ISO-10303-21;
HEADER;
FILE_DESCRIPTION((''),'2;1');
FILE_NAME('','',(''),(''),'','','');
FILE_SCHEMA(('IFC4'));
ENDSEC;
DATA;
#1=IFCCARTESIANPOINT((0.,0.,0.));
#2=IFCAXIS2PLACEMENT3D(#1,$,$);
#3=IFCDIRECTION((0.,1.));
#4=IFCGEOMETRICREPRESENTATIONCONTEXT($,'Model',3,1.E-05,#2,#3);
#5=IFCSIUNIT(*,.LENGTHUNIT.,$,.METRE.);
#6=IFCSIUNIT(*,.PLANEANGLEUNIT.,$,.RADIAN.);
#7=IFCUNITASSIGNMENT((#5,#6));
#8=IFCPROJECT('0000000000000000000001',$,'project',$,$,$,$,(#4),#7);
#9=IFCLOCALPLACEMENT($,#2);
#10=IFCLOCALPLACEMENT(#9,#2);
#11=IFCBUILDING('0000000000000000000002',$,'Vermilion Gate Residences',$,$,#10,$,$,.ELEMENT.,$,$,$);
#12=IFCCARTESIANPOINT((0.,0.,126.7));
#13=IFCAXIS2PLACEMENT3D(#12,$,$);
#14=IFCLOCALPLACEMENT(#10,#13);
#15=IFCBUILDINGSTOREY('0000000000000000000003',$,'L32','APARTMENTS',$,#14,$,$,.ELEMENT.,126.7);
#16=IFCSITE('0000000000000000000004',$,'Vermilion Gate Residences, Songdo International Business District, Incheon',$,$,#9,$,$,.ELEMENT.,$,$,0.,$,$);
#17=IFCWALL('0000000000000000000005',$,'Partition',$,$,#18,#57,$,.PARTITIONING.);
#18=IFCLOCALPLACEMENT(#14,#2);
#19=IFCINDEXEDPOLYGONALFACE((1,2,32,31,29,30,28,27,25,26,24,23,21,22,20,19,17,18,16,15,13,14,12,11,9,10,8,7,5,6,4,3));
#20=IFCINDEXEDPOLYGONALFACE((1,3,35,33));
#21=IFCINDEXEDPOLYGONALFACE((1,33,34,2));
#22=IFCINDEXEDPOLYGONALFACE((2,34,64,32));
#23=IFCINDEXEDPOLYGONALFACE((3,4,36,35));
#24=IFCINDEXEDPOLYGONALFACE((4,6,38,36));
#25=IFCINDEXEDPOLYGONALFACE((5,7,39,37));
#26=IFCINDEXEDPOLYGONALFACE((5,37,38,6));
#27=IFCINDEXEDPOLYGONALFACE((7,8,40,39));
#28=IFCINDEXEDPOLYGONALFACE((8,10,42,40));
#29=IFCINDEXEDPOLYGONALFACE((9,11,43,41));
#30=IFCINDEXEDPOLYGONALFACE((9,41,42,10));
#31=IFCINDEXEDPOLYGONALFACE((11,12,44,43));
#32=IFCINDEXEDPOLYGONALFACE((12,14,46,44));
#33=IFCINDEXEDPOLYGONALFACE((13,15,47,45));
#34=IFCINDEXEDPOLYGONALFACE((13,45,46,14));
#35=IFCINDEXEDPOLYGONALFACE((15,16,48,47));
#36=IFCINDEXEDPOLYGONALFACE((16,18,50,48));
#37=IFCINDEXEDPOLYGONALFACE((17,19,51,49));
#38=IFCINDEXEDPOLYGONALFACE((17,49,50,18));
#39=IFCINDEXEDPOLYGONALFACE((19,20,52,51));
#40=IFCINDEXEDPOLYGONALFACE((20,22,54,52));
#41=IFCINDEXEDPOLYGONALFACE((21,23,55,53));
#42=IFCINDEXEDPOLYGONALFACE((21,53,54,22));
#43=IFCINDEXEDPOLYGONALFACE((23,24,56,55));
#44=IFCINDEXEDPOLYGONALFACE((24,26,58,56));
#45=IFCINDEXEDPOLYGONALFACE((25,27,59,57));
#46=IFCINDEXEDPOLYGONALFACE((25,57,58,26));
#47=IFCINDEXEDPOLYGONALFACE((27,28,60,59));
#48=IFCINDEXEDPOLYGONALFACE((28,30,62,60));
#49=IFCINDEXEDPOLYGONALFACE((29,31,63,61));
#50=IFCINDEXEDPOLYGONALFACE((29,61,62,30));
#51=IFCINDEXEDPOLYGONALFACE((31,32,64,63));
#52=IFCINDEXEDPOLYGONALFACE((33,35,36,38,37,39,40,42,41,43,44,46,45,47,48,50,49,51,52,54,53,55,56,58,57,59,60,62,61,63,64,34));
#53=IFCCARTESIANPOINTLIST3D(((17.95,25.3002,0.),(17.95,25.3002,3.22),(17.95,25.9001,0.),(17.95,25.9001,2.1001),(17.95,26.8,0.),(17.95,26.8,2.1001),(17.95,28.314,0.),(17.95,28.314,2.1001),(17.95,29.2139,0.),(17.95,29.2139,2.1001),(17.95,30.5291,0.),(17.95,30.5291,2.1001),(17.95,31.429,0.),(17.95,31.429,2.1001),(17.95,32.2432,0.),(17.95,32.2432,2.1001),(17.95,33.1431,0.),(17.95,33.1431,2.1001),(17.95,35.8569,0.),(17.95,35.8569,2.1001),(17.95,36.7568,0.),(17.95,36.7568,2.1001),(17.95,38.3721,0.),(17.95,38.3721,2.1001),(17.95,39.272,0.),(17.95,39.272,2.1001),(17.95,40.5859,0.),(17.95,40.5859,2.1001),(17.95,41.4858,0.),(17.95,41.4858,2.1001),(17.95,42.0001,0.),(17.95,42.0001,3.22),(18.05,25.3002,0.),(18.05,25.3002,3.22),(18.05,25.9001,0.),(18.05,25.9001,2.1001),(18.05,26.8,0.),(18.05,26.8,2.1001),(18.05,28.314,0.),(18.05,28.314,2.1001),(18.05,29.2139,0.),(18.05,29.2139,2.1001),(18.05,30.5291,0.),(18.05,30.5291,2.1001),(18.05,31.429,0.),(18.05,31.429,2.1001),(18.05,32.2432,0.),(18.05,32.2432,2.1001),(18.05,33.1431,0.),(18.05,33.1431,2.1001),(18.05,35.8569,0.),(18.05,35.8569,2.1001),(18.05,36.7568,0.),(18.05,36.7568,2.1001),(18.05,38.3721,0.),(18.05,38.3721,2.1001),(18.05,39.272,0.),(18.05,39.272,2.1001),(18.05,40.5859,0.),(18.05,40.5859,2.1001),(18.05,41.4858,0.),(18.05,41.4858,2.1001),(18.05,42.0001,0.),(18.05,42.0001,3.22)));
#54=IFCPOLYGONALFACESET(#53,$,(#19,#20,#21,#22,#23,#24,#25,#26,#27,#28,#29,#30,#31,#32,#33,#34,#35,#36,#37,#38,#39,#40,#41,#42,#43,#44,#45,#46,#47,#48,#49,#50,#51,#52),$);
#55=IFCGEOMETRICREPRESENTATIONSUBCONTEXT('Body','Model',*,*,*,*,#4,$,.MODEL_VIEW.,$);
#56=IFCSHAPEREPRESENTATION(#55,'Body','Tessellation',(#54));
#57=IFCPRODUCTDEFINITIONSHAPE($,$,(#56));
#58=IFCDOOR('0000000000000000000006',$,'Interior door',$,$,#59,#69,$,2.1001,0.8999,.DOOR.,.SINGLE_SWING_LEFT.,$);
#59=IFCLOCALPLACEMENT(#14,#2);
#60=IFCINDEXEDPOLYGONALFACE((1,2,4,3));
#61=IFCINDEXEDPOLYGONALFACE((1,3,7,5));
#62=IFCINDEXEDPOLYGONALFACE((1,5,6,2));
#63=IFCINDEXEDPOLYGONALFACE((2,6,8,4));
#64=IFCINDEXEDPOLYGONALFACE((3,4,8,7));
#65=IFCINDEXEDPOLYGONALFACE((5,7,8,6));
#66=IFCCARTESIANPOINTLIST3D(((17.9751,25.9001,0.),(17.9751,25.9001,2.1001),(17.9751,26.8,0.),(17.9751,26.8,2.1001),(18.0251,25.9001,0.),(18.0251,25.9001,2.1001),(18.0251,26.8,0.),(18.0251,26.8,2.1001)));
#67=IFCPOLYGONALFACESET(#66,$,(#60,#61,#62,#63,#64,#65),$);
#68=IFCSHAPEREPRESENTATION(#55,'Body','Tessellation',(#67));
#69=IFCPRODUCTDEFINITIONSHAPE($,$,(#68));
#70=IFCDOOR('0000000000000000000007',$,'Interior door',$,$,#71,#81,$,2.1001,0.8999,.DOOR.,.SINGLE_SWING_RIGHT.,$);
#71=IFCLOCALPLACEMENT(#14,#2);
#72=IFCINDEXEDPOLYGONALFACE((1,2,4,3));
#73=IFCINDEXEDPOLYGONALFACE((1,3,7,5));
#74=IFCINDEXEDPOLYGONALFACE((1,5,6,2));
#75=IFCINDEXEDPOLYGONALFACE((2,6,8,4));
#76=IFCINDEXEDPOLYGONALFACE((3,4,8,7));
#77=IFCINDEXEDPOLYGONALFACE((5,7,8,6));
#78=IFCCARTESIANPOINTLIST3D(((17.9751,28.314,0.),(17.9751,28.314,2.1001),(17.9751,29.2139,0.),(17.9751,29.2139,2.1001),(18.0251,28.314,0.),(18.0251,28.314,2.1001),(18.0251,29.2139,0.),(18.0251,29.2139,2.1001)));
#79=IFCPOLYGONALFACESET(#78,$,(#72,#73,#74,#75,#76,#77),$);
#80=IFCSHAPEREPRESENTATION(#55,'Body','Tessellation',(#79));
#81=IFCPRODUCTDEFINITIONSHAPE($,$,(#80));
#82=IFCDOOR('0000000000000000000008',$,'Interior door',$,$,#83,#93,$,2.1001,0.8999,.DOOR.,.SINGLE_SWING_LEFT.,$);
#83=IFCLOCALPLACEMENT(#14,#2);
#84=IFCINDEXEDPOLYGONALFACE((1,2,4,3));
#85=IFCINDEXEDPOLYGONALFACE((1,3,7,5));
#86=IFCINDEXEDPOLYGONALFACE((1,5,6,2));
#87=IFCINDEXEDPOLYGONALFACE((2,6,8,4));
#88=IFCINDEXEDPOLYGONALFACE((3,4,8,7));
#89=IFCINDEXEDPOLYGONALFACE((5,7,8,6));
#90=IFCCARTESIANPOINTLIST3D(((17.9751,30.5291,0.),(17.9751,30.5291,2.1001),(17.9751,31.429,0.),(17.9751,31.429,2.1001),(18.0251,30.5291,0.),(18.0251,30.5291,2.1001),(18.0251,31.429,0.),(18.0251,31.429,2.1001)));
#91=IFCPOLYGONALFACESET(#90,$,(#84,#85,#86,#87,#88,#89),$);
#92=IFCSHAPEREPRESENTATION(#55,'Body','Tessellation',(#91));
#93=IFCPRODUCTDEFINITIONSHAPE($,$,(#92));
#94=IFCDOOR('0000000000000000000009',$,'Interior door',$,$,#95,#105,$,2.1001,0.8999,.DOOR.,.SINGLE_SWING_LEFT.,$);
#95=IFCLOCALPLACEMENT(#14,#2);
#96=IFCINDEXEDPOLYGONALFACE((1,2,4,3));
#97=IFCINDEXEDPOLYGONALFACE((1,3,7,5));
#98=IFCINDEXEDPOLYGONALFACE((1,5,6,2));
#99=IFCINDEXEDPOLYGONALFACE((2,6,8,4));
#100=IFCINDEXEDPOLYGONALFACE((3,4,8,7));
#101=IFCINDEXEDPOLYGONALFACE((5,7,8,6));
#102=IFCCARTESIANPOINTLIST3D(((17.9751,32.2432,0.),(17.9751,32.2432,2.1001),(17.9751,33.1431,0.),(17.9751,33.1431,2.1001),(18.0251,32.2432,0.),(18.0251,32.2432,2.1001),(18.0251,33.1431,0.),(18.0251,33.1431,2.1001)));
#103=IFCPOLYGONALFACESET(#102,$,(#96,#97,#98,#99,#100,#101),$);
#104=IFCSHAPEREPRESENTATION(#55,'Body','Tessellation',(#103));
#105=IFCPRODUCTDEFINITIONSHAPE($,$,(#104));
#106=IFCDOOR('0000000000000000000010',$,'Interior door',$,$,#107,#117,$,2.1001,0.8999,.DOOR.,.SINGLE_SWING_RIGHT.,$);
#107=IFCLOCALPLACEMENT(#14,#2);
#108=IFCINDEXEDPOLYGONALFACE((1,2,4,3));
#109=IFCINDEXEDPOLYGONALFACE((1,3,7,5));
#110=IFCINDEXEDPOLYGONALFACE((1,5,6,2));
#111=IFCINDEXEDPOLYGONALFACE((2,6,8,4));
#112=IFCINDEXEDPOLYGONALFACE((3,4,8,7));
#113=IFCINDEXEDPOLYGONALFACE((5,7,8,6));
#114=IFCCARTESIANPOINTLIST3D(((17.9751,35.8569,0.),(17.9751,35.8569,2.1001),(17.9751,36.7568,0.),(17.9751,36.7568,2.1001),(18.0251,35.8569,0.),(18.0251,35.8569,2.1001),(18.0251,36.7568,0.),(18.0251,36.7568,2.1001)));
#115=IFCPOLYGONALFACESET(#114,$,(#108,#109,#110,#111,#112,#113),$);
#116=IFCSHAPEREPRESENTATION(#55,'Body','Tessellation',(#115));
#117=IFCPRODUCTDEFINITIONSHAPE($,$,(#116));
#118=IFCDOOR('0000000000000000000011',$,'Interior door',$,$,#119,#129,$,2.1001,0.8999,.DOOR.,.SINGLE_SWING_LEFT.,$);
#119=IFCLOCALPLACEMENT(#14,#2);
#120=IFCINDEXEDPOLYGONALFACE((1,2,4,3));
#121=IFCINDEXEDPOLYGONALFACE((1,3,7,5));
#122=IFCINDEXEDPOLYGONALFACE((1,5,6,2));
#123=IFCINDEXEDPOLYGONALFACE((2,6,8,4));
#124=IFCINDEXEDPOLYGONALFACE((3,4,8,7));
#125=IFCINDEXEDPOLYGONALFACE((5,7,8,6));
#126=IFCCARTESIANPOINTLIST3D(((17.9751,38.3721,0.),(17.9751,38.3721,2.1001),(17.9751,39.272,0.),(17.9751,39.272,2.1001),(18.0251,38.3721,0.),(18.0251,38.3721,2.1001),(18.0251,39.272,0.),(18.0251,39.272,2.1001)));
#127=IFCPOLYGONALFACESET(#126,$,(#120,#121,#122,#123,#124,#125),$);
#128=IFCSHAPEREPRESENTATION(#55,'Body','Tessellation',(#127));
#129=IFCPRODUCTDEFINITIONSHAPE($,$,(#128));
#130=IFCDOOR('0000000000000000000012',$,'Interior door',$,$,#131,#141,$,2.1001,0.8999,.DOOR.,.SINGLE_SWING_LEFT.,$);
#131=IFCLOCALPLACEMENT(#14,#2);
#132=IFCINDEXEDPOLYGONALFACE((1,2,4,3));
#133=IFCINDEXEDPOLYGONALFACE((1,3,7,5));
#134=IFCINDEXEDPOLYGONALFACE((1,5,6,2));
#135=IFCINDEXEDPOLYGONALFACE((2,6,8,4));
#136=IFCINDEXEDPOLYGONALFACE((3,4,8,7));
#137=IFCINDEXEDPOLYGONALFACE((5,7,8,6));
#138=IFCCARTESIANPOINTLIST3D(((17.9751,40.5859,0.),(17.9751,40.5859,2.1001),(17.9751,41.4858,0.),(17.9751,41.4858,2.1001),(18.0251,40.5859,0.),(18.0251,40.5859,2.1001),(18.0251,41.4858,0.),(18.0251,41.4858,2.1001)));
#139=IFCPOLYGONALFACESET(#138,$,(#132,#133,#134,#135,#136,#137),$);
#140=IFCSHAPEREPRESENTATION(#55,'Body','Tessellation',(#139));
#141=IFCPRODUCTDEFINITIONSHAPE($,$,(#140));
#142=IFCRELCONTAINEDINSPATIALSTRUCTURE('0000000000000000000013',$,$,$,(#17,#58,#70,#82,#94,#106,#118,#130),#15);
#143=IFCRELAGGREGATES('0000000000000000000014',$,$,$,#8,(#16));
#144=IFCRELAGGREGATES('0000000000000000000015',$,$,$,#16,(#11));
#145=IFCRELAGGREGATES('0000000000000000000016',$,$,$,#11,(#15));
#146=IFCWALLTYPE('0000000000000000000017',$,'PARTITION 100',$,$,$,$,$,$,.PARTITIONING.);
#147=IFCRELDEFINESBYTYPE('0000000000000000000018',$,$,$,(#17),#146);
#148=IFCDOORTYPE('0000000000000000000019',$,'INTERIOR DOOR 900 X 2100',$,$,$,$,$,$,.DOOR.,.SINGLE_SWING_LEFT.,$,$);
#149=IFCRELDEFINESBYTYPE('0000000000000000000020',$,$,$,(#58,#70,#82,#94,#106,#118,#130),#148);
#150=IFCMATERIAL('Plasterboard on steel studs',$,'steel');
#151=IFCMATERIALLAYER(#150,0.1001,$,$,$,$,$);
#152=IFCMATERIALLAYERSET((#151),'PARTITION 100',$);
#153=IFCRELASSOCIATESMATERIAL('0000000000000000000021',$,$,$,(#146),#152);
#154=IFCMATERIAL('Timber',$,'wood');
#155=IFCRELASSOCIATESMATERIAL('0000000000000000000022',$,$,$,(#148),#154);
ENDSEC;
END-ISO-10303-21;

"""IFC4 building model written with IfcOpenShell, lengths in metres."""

from ifc_helpers import new_model, si_unit, direction, frame, frame_2d, origin, place, context, subcontext, project, spatial, rectangle, extrude, material, layer, layer_set, type_object, element, fill, save


model = new_model("IFC4")

# Units and contexts
model_context = context("Model", 3, precision=1e-05, world=origin(), true_north=direction((0.0, 1.0)))
body_context = subcontext(model_context, "Body", "Model", "MODEL_VIEW")
ifc_project = project(units=[si_unit("LENGTHUNIT", "METRE"), si_unit("PLANEANGLEUNIT", "RADIAN")], contexts=[model_context])

# Site, building, storey
site_placement = place(None, origin())
site = spatial("IfcSite", under=ifc_project, at=site_placement, Name="Vermilion Gate Residences, Songdo International Business District, Incheon", CompositionType="ELEMENT", RefElevation=0.0)
building_placement = place(site_placement, origin())
building = spatial("IfcBuilding", under=site, at=building_placement, Name="Vermilion Gate Residences", CompositionType="ELEMENT")
storey_placement = place(building_placement, frame((0.0, 0.0, 126.7)))
storey = spatial("IfcBuildingStorey", under=building, at=storey_placement, Name="L32", Description="APARTMENTS", CompositionType="ELEMENT", Elevation=126.7)

# Shared definitions
ifc_material_1 = material(Name="Plasterboard on steel studs", Category="steel")
ifc_layer_1 = layer(ifc_material_1, 0.1001)
ifc_layer_set_1 = layer_set([ifc_layer_1], Name="PARTITION 100")
wall_type_1 = type_object("IfcWallType", Name="PARTITION 100", PredefinedType="PARTITIONING", material=ifc_layer_set_1)

# Wall, openings, doors
wall_1_placement = place(storey_placement, frame((18.0, 25.3, 0.0), z_axis=(0.0, 0.0, 1.0), x_axis=(0.0, 1.0, 0.0)))
wall_1 = element("IfcWall", 1, at=wall_1_placement, inside=storey, type_object=wall_type_1, Name="Partition", PredefinedType="PARTITIONING", context=body_context, shape_type="SweptSolid", body=[
    extrude(rectangle(XDim=16.7, YDim=0.1001, at=frame_2d((8.3501, 0.0))), origin(), (0.0, 0.0, 1.0), 3.22),
])
opening_1_placement = place(wall_1_placement, frame((0.6001, 0.0, 0.0)))
opening_1 = element("IfcOpeningElement", 2, at=opening_1_placement, cuts=wall_1, PredefinedType="OPENING", context=body_context, shape_type="SweptSolid", body=[
    extrude(rectangle(XDim=0.8999, YDim=2.1001, at=frame_2d((0.45, 1.05))), frame((0.0, 0.0601, 0.0), z_axis=(0.0, -1.0, 0.0), x_axis=(1.0, 0.0, 0.0)), (0.0, 0.0, 1.0), 0.1201),
])
opening_2_placement = place(wall_1_placement, frame((3.0139, 0.0, 0.0)))
opening_2 = element("IfcOpeningElement", 3, at=opening_2_placement, cuts=wall_1, PredefinedType="OPENING", context=body_context, shape_type="SweptSolid", body=[
    extrude(rectangle(XDim=0.8999, YDim=2.1001, at=frame_2d((0.45, 1.05))), frame((0.0, 0.0601, 0.0), z_axis=(0.0, -1.0, 0.0), x_axis=(1.0, 0.0, 0.0)), (0.0, 0.0, 1.0), 0.1201),
])
opening_3_placement = place(wall_1_placement, frame((5.229, 0.0, 0.0)))
opening_3 = element("IfcOpeningElement", 4, at=opening_3_placement, cuts=wall_1, PredefinedType="OPENING", context=body_context, shape_type="SweptSolid", body=[
    extrude(rectangle(XDim=0.8999, YDim=2.1001, at=frame_2d((0.45, 1.05))), frame((0.0, 0.0601, 0.0), z_axis=(0.0, -1.0, 0.0), x_axis=(1.0, 0.0, 0.0)), (0.0, 0.0, 1.0), 0.1201),
])
opening_4_placement = place(wall_1_placement, frame((6.9431, 0.0, 0.0)))
opening_4 = element("IfcOpeningElement", 5, at=opening_4_placement, cuts=wall_1, PredefinedType="OPENING", context=body_context, shape_type="SweptSolid", body=[
    extrude(rectangle(XDim=0.8999, YDim=2.1001, at=frame_2d((0.45, 1.05))), frame((0.0, 0.0601, 0.0), z_axis=(0.0, -1.0, 0.0), x_axis=(1.0, 0.0, 0.0)), (0.0, 0.0, 1.0), 0.1201),
])
opening_5_placement = place(wall_1_placement, frame((10.5569, 0.0, 0.0)))
opening_5 = element("IfcOpeningElement", 6, at=opening_5_placement, cuts=wall_1, PredefinedType="OPENING", context=body_context, shape_type="SweptSolid", body=[
    extrude(rectangle(XDim=0.8999, YDim=2.1001, at=frame_2d((0.45, 1.05))), frame((0.0, 0.0601, 0.0), z_axis=(0.0, -1.0, 0.0), x_axis=(1.0, 0.0, 0.0)), (0.0, 0.0, 1.0), 0.1201),
])
opening_6_placement = place(wall_1_placement, frame((13.072, 0.0, 0.0)))
opening_6 = element("IfcOpeningElement", 7, at=opening_6_placement, cuts=wall_1, PredefinedType="OPENING", context=body_context, shape_type="SweptSolid", body=[
    extrude(rectangle(XDim=0.8999, YDim=2.1001, at=frame_2d((0.45, 1.05))), frame((0.0, 0.0601, 0.0), z_axis=(0.0, -1.0, 0.0), x_axis=(1.0, 0.0, 0.0)), (0.0, 0.0, 1.0), 0.1201),
])
opening_7_placement = place(wall_1_placement, frame((15.2859, 0.0, 0.0)))
opening_7 = element("IfcOpeningElement", 8, at=opening_7_placement, cuts=wall_1, PredefinedType="OPENING", context=body_context, shape_type="SweptSolid", body=[
    extrude(rectangle(XDim=0.8999, YDim=2.1001, at=frame_2d((0.45, 1.05))), frame((0.0, 0.0601, 0.0), z_axis=(0.0, -1.0, 0.0), x_axis=(1.0, 0.0, 0.0)), (0.0, 0.0, 1.0), 0.1201),
])
ifc_material_2 = material(Name="Timber", Category="wood")
door_type_1 = type_object("IfcDoorType", Name="INTERIOR DOOR 900 X 2100", OperationType="SINGLE_SWING_LEFT", PredefinedType="DOOR", material=ifc_material_2)
door_1_placement = place(opening_1_placement, origin())
door_1 = element("IfcDoor", 9, at=door_1_placement, inside=storey, type_object=door_type_1, Name="Interior door", OperationType="SINGLE_SWING_LEFT", OverallHeight=2.1001, OverallWidth=0.8999, PredefinedType="DOOR", context=body_context, shape_type="SweptSolid", body=[
    extrude(rectangle(XDim=0.8999, YDim=2.1001, at=frame_2d((0.45, 1.05))), frame((0.0, 0.0249, 0.0), z_axis=(0.0, -1.0, 0.0), x_axis=(1.0, 0.0, 0.0)), (0.0, 0.0, 1.0), 0.05),
])
fill(opening_1, door_1)
door_2_placement = place(opening_2_placement, origin())
door_2 = element("IfcDoor", 10, at=door_2_placement, inside=storey, type_object=door_type_1, Name="Interior door", OperationType="SINGLE_SWING_RIGHT", OverallHeight=2.1001, OverallWidth=0.8999, PredefinedType="DOOR", context=body_context, shape_type="SweptSolid", body=[
    extrude(rectangle(XDim=0.8999, YDim=2.1001, at=frame_2d((0.45, 1.05))), frame((0.0, 0.0249, 0.0), z_axis=(0.0, -1.0, 0.0), x_axis=(1.0, 0.0, 0.0)), (0.0, 0.0, 1.0), 0.05),
])
fill(opening_2, door_2)
door_3_placement = place(opening_3_placement, origin())
door_3 = element("IfcDoor", 11, at=door_3_placement, inside=storey, type_object=door_type_1, Name="Interior door", OperationType="SINGLE_SWING_LEFT", OverallHeight=2.1001, OverallWidth=0.8999, PredefinedType="DOOR", context=body_context, shape_type="SweptSolid", body=[
    extrude(rectangle(XDim=0.8999, YDim=2.1001, at=frame_2d((0.45, 1.05))), frame((0.0, 0.0249, 0.0), z_axis=(0.0, -1.0, 0.0), x_axis=(1.0, 0.0, 0.0)), (0.0, 0.0, 1.0), 0.05),
])
fill(opening_3, door_3)
door_4_placement = place(opening_4_placement, origin())
door_4 = element("IfcDoor", 12, at=door_4_placement, inside=storey, type_object=door_type_1, Name="Interior door", OperationType="SINGLE_SWING_LEFT", OverallHeight=2.1001, OverallWidth=0.8999, PredefinedType="DOOR", context=body_context, shape_type="SweptSolid", body=[
    extrude(rectangle(XDim=0.8999, YDim=2.1001, at=frame_2d((0.45, 1.05))), frame((0.0, 0.0249, 0.0), z_axis=(0.0, -1.0, 0.0), x_axis=(1.0, 0.0, 0.0)), (0.0, 0.0, 1.0), 0.05),
])
fill(opening_4, door_4)
door_5_placement = place(opening_5_placement, origin())
door_5 = element("IfcDoor", 13, at=door_5_placement, inside=storey, type_object=door_type_1, Name="Interior door", OperationType="SINGLE_SWING_RIGHT", OverallHeight=2.1001, OverallWidth=0.8999, PredefinedType="DOOR", context=body_context, shape_type="SweptSolid", body=[
    extrude(rectangle(XDim=0.8999, YDim=2.1001, at=frame_2d((0.45, 1.05))), frame((0.0, 0.0249, 0.0), z_axis=(0.0, -1.0, 0.0), x_axis=(1.0, 0.0, 0.0)), (0.0, 0.0, 1.0), 0.05),
])
fill(opening_5, door_5)
door_6_placement = place(opening_6_placement, origin())
door_6 = element("IfcDoor", 14, at=door_6_placement, inside=storey, type_object=door_type_1, Name="Interior door", OperationType="SINGLE_SWING_LEFT", OverallHeight=2.1001, OverallWidth=0.8999, PredefinedType="DOOR", context=body_context, shape_type="SweptSolid", body=[
    extrude(rectangle(XDim=0.8999, YDim=2.1001, at=frame_2d((0.45, 1.05))), frame((0.0, 0.0249, 0.0), z_axis=(0.0, -1.0, 0.0), x_axis=(1.0, 0.0, 0.0)), (0.0, 0.0, 1.0), 0.05),
])
fill(opening_6, door_6)
door_7_placement = place(opening_7_placement, origin())
door_7 = element("IfcDoor", 15, at=door_7_placement, inside=storey, type_object=door_type_1, Name="Interior door", OperationType="SINGLE_SWING_LEFT", OverallHeight=2.1001, OverallWidth=0.8999, PredefinedType="DOOR", context=body_context, shape_type="SweptSolid", body=[
    extrude(rectangle(XDim=0.8999, YDim=2.1001, at=frame_2d((0.45, 1.05))), frame((0.0, 0.0249, 0.0), z_axis=(0.0, -1.0, 0.0), x_axis=(1.0, 0.0, 0.0)), (0.0, 0.0, 1.0), 0.05),
])
fill(opening_7, door_7)

save(model, "model.ifc")
